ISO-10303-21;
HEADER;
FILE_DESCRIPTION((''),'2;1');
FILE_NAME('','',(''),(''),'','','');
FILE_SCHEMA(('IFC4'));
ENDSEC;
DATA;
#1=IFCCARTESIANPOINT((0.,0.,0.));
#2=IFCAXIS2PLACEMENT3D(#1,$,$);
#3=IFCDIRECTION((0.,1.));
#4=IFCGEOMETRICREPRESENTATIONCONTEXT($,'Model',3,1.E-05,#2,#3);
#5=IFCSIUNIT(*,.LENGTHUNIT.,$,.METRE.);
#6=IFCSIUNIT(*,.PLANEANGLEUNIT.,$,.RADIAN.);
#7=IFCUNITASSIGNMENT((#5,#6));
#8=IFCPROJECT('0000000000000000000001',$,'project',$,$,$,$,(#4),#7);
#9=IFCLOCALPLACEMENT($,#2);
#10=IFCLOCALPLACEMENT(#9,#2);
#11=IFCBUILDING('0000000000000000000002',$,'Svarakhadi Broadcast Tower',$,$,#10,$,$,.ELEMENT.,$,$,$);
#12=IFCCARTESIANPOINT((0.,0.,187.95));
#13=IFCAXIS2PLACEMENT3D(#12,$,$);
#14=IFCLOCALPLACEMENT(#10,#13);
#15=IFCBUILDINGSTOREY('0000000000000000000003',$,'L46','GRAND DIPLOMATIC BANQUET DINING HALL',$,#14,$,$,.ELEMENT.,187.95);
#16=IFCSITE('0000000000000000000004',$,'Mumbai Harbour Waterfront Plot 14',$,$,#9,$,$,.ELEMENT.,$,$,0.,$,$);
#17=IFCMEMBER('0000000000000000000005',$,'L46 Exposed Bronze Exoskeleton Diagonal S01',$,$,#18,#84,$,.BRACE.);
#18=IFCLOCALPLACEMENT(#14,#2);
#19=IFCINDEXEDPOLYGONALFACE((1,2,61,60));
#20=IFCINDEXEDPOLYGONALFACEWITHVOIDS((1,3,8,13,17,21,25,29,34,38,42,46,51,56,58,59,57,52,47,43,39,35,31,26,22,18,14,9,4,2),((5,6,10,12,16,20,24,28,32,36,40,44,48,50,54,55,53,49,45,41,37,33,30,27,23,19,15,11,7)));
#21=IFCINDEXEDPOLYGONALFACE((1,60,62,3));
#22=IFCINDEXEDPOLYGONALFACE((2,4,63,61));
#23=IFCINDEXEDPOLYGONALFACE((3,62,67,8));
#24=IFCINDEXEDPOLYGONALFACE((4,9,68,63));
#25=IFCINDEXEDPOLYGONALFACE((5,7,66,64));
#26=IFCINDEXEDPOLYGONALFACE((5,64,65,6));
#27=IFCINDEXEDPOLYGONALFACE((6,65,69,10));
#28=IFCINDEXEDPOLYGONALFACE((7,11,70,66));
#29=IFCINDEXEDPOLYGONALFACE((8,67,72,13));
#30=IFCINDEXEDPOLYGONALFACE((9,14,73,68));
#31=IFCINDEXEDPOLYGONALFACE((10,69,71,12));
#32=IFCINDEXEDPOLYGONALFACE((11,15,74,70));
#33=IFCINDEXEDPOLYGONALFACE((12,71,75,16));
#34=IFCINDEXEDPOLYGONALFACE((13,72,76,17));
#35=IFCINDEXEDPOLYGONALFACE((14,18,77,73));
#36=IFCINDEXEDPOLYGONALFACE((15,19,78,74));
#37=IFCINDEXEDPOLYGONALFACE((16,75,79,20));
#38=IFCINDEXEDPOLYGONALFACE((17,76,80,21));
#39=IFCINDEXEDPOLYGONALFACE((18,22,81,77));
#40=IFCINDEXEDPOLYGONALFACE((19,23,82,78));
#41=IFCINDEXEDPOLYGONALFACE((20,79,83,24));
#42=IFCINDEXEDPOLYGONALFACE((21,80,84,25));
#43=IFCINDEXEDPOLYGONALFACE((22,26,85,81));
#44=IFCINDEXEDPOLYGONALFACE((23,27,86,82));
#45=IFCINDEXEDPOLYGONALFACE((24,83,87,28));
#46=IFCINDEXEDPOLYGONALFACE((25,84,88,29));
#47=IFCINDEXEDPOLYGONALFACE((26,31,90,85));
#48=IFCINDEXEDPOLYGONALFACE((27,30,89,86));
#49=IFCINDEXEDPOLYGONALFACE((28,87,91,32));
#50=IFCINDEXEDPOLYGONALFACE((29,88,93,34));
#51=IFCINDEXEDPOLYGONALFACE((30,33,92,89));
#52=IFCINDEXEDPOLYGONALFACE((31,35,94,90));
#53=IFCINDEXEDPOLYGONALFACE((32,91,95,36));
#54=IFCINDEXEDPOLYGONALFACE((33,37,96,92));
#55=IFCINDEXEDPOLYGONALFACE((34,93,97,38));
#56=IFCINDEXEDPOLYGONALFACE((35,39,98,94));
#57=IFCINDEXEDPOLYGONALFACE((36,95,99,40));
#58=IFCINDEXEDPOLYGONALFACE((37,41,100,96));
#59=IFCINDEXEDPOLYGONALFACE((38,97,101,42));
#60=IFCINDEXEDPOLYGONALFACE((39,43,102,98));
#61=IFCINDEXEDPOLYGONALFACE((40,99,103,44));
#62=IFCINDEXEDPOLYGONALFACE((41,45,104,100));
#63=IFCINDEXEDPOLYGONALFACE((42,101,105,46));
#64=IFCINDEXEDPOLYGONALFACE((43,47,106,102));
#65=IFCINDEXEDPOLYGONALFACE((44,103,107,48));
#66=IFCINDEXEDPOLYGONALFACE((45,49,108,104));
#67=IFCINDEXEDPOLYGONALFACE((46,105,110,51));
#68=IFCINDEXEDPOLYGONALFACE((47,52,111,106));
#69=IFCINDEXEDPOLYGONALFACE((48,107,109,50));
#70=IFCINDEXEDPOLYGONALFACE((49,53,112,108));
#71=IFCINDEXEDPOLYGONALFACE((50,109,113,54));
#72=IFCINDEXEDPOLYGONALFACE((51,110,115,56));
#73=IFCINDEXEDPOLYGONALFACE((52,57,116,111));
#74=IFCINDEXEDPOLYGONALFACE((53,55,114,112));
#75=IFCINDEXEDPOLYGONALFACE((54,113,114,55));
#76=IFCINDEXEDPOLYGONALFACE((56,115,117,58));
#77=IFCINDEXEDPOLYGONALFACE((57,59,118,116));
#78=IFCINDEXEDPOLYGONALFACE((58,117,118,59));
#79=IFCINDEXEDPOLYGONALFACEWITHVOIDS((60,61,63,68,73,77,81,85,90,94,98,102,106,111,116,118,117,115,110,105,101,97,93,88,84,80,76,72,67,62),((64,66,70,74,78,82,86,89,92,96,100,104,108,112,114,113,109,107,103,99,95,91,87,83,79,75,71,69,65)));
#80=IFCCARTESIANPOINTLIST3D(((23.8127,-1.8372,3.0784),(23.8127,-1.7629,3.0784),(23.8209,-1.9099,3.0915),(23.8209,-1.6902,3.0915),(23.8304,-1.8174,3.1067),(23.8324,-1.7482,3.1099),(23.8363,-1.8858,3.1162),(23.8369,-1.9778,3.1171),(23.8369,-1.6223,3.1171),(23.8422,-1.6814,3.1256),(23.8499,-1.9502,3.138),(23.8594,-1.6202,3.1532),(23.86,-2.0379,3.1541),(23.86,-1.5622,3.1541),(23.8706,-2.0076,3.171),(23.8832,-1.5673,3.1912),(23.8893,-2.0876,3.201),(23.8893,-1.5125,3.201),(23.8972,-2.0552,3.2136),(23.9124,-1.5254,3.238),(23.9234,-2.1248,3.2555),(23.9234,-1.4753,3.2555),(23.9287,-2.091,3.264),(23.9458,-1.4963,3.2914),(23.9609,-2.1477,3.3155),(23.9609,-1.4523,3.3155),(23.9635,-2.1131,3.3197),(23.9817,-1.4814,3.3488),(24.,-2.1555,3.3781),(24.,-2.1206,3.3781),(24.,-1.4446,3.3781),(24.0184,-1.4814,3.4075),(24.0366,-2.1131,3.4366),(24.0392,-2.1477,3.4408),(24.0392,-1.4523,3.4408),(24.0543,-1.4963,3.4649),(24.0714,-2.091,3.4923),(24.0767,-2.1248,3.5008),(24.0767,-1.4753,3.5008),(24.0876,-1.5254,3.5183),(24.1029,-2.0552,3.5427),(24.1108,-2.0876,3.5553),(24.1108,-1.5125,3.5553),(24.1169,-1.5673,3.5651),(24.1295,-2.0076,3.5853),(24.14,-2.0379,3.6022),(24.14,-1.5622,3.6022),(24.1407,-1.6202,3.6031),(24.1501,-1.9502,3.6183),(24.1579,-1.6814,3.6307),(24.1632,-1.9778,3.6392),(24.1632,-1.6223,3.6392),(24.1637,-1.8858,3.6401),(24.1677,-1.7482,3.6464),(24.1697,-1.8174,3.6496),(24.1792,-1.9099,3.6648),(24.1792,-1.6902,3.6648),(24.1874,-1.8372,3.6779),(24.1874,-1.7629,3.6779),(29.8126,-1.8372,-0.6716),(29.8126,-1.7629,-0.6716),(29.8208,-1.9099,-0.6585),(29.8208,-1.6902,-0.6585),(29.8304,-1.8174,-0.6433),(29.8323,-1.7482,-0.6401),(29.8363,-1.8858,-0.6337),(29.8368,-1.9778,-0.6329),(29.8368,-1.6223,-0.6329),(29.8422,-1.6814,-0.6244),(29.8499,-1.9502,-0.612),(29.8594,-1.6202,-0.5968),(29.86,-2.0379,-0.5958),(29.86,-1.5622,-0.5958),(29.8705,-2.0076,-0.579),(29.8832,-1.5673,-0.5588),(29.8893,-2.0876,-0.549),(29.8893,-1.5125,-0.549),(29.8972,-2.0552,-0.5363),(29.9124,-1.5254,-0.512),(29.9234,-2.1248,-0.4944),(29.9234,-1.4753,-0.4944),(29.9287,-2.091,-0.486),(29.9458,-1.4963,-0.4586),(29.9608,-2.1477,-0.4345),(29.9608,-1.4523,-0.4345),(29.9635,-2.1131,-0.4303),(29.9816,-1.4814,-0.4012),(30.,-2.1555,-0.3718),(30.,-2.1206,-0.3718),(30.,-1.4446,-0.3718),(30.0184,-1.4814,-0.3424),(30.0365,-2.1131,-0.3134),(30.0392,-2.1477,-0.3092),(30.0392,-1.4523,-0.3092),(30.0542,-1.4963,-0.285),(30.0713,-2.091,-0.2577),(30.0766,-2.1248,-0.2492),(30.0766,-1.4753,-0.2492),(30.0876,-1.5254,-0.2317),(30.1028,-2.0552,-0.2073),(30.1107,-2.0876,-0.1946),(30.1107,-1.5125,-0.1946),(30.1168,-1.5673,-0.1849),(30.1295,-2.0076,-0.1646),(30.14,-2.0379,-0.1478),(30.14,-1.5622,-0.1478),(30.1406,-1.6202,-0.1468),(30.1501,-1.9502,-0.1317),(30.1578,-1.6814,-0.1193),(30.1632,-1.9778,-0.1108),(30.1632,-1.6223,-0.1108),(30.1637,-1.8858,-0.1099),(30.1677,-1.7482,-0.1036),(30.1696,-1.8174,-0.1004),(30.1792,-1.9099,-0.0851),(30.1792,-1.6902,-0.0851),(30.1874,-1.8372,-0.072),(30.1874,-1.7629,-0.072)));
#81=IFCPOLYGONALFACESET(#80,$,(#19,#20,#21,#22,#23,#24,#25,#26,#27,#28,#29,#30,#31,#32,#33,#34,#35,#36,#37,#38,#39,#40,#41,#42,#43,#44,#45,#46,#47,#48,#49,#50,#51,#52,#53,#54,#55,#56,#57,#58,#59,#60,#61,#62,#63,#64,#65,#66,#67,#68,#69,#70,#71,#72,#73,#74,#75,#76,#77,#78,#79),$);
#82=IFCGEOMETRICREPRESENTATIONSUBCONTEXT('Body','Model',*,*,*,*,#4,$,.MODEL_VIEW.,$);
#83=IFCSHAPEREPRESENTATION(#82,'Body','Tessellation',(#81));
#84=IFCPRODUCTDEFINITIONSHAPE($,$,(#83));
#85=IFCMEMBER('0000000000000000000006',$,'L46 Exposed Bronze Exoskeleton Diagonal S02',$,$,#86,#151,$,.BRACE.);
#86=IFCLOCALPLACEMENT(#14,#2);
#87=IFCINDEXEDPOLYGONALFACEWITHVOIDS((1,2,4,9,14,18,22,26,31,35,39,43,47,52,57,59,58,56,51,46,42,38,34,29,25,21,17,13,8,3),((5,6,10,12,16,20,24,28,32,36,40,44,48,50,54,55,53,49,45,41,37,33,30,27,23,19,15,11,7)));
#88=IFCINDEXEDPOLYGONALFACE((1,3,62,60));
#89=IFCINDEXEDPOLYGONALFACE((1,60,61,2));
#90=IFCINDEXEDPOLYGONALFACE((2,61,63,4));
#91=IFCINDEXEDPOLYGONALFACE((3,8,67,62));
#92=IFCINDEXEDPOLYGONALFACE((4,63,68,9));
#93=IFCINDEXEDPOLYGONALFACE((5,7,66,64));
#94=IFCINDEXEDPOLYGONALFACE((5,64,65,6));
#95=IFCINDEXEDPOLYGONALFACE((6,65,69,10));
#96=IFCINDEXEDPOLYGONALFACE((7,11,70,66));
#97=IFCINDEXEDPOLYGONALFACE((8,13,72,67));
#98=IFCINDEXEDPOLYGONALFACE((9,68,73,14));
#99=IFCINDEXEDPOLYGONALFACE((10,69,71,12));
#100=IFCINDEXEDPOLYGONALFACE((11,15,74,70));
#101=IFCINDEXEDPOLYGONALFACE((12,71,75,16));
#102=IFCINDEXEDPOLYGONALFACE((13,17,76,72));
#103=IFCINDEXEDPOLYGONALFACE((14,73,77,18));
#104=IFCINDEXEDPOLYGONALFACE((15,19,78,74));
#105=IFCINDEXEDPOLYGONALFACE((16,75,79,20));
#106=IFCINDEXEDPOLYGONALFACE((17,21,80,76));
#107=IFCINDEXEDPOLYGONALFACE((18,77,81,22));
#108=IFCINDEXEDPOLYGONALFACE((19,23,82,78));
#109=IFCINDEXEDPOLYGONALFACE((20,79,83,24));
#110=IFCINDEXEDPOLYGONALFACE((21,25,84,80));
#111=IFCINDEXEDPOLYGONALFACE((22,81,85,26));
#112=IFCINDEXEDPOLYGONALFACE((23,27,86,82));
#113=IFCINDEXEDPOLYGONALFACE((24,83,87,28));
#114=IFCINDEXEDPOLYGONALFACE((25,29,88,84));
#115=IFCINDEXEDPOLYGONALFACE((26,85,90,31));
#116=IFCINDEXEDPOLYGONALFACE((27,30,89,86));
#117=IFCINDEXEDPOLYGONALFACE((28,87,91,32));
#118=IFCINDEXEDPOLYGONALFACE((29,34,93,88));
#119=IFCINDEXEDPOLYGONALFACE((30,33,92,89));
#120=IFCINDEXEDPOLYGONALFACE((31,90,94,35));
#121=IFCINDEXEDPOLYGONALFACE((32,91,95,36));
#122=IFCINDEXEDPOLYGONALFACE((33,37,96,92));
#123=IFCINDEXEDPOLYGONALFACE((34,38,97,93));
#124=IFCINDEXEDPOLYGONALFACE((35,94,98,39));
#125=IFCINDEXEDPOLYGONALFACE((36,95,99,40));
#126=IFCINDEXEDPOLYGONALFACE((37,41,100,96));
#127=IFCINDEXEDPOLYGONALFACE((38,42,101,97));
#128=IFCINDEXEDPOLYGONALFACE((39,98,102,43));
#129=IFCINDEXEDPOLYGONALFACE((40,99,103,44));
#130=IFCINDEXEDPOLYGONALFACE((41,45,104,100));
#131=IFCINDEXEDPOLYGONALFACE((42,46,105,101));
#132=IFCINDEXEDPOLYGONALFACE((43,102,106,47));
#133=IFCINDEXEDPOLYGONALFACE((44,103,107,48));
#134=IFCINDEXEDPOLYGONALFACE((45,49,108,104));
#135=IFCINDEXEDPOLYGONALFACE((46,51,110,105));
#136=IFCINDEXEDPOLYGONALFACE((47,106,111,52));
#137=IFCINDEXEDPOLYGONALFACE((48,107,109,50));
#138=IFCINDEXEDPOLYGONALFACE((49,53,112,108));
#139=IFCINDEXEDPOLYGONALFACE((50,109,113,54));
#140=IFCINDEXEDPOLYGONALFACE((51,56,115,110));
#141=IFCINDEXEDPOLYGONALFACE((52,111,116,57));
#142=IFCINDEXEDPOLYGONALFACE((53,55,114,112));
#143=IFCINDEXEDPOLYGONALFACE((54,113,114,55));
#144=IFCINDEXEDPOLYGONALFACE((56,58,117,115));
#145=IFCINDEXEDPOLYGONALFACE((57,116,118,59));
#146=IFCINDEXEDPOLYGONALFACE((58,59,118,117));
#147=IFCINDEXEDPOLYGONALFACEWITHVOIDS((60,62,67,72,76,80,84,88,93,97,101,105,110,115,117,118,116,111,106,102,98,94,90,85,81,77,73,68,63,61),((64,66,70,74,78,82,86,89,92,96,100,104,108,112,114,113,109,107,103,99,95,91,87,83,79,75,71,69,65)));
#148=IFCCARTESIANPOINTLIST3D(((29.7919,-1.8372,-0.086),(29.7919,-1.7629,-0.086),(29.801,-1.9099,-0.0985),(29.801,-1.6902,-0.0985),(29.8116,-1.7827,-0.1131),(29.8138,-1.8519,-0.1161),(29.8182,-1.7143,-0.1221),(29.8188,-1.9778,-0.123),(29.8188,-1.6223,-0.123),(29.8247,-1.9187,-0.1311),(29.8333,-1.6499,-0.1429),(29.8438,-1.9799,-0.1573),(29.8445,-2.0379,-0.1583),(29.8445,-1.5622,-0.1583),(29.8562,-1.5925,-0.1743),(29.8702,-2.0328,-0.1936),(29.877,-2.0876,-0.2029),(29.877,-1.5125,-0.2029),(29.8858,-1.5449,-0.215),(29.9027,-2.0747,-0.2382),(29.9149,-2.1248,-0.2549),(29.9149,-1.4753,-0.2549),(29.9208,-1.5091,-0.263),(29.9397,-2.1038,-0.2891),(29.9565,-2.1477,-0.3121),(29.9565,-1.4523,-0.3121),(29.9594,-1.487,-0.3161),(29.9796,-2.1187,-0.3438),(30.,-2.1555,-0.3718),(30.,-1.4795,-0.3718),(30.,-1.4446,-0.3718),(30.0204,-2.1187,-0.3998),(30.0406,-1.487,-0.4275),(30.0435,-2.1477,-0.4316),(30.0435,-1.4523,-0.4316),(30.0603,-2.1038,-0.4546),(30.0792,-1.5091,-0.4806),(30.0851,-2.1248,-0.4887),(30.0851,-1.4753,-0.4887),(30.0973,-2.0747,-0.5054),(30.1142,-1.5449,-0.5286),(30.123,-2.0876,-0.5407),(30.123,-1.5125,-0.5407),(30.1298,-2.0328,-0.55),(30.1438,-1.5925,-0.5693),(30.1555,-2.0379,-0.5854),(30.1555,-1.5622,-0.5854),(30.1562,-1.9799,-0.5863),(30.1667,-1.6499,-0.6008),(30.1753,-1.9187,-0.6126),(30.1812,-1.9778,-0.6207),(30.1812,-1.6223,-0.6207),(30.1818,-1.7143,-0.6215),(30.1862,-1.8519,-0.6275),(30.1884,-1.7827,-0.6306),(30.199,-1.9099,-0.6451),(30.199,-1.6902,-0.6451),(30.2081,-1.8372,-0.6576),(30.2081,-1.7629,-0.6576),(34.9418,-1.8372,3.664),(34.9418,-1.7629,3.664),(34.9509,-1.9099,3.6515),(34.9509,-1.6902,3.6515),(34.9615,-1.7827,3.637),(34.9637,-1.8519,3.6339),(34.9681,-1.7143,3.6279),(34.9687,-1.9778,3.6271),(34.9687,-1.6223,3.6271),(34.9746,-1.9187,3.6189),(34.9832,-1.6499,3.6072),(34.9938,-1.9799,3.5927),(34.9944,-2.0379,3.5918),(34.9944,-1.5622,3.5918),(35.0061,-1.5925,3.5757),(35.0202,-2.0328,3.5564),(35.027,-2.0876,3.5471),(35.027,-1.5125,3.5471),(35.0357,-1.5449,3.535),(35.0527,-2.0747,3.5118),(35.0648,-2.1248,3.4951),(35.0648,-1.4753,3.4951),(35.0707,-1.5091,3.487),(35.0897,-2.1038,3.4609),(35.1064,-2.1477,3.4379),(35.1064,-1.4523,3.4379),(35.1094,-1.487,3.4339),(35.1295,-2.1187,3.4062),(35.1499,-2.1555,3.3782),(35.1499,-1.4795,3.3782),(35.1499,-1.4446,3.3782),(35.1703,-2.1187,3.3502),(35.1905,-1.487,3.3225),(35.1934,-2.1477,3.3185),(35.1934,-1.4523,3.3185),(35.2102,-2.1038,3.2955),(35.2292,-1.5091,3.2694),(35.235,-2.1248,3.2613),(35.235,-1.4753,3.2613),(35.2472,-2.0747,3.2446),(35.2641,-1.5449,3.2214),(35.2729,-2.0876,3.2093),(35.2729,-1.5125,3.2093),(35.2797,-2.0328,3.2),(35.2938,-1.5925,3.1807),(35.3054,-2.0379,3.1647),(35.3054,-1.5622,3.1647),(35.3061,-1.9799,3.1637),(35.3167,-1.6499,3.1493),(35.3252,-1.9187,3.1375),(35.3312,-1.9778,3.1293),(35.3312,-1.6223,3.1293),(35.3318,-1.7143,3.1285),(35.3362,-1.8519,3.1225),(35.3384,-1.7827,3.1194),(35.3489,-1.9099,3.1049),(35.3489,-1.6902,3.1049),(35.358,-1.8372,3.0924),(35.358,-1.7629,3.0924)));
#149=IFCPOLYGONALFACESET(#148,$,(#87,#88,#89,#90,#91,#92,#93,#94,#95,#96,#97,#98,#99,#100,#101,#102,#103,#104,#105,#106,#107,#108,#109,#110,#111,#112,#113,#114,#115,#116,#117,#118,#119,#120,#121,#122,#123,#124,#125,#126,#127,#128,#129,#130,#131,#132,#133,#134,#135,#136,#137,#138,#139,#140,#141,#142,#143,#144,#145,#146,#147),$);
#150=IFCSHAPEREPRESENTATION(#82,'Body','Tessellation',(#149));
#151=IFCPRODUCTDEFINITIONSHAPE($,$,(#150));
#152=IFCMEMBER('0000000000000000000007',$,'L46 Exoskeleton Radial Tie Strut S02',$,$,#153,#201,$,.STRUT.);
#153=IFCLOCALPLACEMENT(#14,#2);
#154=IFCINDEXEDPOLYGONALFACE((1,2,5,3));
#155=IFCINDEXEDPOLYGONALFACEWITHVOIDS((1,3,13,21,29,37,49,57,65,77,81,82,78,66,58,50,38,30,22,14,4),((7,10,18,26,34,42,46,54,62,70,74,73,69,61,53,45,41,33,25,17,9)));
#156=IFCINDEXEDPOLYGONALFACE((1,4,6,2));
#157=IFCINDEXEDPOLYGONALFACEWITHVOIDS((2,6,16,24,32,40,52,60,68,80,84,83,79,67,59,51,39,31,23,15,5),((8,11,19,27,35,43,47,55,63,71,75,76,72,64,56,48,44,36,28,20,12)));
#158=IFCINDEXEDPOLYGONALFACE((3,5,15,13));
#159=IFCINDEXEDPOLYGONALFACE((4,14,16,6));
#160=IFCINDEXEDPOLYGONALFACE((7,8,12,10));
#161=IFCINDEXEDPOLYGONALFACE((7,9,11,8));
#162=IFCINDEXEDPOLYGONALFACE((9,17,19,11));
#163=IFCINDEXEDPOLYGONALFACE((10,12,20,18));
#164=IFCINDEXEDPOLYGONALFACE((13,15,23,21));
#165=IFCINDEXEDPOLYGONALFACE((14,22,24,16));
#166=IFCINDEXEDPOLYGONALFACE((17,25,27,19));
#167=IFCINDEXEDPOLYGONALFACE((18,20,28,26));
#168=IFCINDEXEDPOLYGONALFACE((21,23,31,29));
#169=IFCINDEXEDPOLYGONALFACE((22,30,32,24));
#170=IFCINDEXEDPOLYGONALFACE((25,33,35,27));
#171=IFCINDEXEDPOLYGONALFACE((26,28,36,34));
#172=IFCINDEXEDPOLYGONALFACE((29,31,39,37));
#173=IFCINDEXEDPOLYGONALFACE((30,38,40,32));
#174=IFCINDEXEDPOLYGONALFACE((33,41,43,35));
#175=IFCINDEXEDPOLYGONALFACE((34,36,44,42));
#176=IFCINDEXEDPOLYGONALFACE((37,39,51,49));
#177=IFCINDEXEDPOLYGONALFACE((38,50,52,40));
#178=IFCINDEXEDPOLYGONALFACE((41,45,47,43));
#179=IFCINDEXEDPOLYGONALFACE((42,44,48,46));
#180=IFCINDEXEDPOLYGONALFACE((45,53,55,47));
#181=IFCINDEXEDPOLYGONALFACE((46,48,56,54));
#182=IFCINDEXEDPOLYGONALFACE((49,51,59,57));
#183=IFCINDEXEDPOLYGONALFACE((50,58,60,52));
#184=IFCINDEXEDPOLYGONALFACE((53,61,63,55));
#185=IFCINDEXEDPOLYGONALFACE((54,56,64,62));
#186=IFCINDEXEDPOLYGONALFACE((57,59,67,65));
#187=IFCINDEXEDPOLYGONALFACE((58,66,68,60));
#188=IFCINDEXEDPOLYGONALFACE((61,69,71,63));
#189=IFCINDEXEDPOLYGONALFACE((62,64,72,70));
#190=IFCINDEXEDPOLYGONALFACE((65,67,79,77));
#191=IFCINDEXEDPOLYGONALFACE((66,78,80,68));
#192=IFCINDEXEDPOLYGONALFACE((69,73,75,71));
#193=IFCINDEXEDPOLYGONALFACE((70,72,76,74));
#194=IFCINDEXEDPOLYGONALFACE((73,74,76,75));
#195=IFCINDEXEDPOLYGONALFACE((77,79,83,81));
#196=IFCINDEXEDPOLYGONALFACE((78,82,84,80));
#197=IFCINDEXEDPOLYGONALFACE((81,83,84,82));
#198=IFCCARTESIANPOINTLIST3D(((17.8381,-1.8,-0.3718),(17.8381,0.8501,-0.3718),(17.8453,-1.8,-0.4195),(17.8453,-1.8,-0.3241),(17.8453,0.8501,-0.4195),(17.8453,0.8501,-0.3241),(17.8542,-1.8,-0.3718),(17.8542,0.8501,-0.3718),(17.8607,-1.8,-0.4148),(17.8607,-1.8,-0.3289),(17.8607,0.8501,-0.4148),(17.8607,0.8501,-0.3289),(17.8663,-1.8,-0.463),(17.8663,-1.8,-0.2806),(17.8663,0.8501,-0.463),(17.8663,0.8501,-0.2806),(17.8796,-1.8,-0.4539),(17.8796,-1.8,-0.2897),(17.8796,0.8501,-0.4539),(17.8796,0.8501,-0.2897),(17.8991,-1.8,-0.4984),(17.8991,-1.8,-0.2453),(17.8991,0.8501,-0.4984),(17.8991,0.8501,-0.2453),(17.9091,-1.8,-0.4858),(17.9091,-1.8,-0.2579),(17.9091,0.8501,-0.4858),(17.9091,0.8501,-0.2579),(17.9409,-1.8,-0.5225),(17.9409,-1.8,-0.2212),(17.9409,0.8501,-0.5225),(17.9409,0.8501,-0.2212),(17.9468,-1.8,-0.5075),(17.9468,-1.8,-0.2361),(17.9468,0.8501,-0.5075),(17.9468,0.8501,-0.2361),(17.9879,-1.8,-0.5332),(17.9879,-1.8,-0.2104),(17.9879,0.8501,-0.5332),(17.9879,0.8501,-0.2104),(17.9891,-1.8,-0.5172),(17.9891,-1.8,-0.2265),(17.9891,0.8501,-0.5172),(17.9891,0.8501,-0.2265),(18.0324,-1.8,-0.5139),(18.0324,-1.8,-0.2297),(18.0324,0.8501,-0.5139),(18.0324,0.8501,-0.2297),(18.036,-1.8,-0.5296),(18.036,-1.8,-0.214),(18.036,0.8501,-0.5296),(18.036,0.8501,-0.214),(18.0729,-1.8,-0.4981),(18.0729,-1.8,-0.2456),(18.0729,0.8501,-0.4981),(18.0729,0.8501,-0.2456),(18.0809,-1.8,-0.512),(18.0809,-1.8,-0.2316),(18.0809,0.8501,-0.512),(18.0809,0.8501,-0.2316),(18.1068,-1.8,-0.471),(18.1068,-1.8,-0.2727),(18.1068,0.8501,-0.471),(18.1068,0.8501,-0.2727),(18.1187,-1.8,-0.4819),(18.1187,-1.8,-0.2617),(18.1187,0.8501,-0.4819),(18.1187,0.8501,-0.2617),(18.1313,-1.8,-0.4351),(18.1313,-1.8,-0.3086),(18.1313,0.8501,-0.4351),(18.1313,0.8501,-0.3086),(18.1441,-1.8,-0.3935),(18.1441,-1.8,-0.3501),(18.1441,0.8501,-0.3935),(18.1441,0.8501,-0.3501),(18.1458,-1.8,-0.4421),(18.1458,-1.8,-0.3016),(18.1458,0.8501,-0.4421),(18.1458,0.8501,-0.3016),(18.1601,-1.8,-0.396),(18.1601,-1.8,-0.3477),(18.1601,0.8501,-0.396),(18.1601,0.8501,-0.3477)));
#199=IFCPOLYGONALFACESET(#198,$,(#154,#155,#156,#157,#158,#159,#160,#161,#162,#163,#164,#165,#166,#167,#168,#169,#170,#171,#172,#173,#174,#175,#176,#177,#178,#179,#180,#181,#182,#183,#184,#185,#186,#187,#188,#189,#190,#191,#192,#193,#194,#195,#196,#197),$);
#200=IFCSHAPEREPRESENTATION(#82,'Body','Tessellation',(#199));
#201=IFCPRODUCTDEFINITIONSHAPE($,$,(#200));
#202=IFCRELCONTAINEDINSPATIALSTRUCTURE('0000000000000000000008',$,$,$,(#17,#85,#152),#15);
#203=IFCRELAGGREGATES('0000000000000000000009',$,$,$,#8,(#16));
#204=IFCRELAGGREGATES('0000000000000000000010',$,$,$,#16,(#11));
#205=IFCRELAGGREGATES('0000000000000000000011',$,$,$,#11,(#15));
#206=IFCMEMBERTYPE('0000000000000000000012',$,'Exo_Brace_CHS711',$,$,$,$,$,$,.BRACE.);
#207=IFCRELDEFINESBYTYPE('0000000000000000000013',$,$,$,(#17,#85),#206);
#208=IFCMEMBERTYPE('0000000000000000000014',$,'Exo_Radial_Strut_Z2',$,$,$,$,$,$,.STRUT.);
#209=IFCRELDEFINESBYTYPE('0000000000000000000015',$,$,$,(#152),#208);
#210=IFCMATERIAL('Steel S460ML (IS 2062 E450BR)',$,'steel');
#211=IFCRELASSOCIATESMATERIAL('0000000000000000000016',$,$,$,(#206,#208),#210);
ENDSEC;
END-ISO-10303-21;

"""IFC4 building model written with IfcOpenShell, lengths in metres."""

from ifc_helpers import new_model, si_unit, direction, frame, origin, origin_2d, place, context, subcontext, project, spatial, hollow_circle, extrude, material, material_profile, profile_set, type_object, element, save


model = new_model("IFC4")

# Units and contexts
model_context = context("Model", 3, precision=1e-05, world=origin(), true_north=direction((0.0, 1.0)))
body_context = subcontext(model_context, "Body", "Model", "MODEL_VIEW")
ifc_project = project(units=[si_unit("LENGTHUNIT", "METRE"), si_unit("PLANEANGLEUNIT", "RADIAN")], contexts=[model_context])

# Site, building, storey
site_placement = place(None, origin())
site = spatial("IfcSite", under=ifc_project, at=site_placement, Name="Mumbai Harbour Waterfront Plot 14", CompositionType="ELEMENT", RefElevation=0.0)
building_placement = place(site_placement, origin())
building = spatial("IfcBuilding", under=site, at=building_placement, Name="Svarakhadi Broadcast Tower", CompositionType="ELEMENT")
storey_placement = place(building_placement, frame((0.0, 0.0, 187.95)))
storey = spatial("IfcBuildingStorey", under=building, at=storey_placement, Name="L46", Description="GRAND DIPLOMATIC BANQUET DINING HALL", CompositionType="ELEMENT", Elevation=187.95)

# Members
ifc_material_1 = material(Name="Steel S460ML (IS 2062 E450BR)", Category="steel")
ifc_material_profile_1 = material_profile(ifc_material_1, hollow_circle(Radius=0.3555, WallThickness=0.0349, at=origin_2d()), Name="CHS 711x35")
ifc_profile_set_1 = profile_set([ifc_material_profile_1], Name="Steel S460ML (IS 2062 E450BR)")
member_type_1 = type_object("IfcMemberType", Name="Exo_Brace_CHS711", PredefinedType="BRACE", material=ifc_profile_set_1)
member_1_placement = place(storey_placement, frame((30.0, -1.8, -0.3718), z_axis=(-0.847998, 0.0, 0.529999), x_axis=(0.0, -1.0, 0.0)))
element("IfcMember", 1, at=member_1_placement, inside=storey, type_object=member_type_1, Name="L46 Exposed Bronze Exoskeleton Diagonal S01", PredefinedType="BRACE", context=body_context, shape_type="SweptSolid", body=[
    extrude(hollow_circle(Radius=0.3555, WallThickness=0.0349, at=origin_2d()), origin(), (0.0, 0.0, 1.0), 7.0754),
])
member_2_placement = place(storey_placement, frame((30.0, -1.8, -0.3718), z_axis=(0.808391, 0.0, 0.588646), x_axis=(0.0, 1.0, 0.0)))
element("IfcMember", 2, at=member_2_placement, inside=storey, type_object=member_type_1, Name="L46 Exposed Bronze Exoskeleton Diagonal S02", PredefinedType="BRACE", context=body_context, shape_type="SweptSolid", body=[
    extrude(hollow_circle(Radius=0.3555, WallThickness=0.0349, at=origin_2d()), origin(), (0.0, 0.0, 1.0), 6.3706),
])
ifc_material_profile_2 = material_profile(ifc_material_1, hollow_circle(Radius=0.1619, WallThickness=0.0161, at=origin_2d()), Name="CHS 323.9x16")
ifc_profile_set_2 = profile_set([ifc_material_profile_2], Name="Steel S460ML (IS 2062 E450BR)")
member_type_2 = type_object("IfcMemberType", Name="Exo_Radial_Strut_Z2", PredefinedType="STRUT", material=ifc_profile_set_2)
for number, where, z_axis, x_axis, name in (
    (3, (18.0, -1.8, -0.3718), (0.0, 1.0, 0.0), (-1.0, 0.0, 0.0), "L46 Exoskeleton Radial Tie Strut S02"),
):
    element("IfcMember", number, at=place(storey_placement, frame(where, z_axis=z_axis, x_axis=x_axis)), inside=storey, type_object=member_type_2, Name=name, PredefinedType="STRUT", context=body_context, shape_type="SweptSolid", body=[
        extrude(hollow_circle(Radius=0.1619, WallThickness=0.0161, at=origin_2d()), origin(), (0.0, 0.0, 1.0), 2.6501),
    ])

save(model, "model.ifc")
